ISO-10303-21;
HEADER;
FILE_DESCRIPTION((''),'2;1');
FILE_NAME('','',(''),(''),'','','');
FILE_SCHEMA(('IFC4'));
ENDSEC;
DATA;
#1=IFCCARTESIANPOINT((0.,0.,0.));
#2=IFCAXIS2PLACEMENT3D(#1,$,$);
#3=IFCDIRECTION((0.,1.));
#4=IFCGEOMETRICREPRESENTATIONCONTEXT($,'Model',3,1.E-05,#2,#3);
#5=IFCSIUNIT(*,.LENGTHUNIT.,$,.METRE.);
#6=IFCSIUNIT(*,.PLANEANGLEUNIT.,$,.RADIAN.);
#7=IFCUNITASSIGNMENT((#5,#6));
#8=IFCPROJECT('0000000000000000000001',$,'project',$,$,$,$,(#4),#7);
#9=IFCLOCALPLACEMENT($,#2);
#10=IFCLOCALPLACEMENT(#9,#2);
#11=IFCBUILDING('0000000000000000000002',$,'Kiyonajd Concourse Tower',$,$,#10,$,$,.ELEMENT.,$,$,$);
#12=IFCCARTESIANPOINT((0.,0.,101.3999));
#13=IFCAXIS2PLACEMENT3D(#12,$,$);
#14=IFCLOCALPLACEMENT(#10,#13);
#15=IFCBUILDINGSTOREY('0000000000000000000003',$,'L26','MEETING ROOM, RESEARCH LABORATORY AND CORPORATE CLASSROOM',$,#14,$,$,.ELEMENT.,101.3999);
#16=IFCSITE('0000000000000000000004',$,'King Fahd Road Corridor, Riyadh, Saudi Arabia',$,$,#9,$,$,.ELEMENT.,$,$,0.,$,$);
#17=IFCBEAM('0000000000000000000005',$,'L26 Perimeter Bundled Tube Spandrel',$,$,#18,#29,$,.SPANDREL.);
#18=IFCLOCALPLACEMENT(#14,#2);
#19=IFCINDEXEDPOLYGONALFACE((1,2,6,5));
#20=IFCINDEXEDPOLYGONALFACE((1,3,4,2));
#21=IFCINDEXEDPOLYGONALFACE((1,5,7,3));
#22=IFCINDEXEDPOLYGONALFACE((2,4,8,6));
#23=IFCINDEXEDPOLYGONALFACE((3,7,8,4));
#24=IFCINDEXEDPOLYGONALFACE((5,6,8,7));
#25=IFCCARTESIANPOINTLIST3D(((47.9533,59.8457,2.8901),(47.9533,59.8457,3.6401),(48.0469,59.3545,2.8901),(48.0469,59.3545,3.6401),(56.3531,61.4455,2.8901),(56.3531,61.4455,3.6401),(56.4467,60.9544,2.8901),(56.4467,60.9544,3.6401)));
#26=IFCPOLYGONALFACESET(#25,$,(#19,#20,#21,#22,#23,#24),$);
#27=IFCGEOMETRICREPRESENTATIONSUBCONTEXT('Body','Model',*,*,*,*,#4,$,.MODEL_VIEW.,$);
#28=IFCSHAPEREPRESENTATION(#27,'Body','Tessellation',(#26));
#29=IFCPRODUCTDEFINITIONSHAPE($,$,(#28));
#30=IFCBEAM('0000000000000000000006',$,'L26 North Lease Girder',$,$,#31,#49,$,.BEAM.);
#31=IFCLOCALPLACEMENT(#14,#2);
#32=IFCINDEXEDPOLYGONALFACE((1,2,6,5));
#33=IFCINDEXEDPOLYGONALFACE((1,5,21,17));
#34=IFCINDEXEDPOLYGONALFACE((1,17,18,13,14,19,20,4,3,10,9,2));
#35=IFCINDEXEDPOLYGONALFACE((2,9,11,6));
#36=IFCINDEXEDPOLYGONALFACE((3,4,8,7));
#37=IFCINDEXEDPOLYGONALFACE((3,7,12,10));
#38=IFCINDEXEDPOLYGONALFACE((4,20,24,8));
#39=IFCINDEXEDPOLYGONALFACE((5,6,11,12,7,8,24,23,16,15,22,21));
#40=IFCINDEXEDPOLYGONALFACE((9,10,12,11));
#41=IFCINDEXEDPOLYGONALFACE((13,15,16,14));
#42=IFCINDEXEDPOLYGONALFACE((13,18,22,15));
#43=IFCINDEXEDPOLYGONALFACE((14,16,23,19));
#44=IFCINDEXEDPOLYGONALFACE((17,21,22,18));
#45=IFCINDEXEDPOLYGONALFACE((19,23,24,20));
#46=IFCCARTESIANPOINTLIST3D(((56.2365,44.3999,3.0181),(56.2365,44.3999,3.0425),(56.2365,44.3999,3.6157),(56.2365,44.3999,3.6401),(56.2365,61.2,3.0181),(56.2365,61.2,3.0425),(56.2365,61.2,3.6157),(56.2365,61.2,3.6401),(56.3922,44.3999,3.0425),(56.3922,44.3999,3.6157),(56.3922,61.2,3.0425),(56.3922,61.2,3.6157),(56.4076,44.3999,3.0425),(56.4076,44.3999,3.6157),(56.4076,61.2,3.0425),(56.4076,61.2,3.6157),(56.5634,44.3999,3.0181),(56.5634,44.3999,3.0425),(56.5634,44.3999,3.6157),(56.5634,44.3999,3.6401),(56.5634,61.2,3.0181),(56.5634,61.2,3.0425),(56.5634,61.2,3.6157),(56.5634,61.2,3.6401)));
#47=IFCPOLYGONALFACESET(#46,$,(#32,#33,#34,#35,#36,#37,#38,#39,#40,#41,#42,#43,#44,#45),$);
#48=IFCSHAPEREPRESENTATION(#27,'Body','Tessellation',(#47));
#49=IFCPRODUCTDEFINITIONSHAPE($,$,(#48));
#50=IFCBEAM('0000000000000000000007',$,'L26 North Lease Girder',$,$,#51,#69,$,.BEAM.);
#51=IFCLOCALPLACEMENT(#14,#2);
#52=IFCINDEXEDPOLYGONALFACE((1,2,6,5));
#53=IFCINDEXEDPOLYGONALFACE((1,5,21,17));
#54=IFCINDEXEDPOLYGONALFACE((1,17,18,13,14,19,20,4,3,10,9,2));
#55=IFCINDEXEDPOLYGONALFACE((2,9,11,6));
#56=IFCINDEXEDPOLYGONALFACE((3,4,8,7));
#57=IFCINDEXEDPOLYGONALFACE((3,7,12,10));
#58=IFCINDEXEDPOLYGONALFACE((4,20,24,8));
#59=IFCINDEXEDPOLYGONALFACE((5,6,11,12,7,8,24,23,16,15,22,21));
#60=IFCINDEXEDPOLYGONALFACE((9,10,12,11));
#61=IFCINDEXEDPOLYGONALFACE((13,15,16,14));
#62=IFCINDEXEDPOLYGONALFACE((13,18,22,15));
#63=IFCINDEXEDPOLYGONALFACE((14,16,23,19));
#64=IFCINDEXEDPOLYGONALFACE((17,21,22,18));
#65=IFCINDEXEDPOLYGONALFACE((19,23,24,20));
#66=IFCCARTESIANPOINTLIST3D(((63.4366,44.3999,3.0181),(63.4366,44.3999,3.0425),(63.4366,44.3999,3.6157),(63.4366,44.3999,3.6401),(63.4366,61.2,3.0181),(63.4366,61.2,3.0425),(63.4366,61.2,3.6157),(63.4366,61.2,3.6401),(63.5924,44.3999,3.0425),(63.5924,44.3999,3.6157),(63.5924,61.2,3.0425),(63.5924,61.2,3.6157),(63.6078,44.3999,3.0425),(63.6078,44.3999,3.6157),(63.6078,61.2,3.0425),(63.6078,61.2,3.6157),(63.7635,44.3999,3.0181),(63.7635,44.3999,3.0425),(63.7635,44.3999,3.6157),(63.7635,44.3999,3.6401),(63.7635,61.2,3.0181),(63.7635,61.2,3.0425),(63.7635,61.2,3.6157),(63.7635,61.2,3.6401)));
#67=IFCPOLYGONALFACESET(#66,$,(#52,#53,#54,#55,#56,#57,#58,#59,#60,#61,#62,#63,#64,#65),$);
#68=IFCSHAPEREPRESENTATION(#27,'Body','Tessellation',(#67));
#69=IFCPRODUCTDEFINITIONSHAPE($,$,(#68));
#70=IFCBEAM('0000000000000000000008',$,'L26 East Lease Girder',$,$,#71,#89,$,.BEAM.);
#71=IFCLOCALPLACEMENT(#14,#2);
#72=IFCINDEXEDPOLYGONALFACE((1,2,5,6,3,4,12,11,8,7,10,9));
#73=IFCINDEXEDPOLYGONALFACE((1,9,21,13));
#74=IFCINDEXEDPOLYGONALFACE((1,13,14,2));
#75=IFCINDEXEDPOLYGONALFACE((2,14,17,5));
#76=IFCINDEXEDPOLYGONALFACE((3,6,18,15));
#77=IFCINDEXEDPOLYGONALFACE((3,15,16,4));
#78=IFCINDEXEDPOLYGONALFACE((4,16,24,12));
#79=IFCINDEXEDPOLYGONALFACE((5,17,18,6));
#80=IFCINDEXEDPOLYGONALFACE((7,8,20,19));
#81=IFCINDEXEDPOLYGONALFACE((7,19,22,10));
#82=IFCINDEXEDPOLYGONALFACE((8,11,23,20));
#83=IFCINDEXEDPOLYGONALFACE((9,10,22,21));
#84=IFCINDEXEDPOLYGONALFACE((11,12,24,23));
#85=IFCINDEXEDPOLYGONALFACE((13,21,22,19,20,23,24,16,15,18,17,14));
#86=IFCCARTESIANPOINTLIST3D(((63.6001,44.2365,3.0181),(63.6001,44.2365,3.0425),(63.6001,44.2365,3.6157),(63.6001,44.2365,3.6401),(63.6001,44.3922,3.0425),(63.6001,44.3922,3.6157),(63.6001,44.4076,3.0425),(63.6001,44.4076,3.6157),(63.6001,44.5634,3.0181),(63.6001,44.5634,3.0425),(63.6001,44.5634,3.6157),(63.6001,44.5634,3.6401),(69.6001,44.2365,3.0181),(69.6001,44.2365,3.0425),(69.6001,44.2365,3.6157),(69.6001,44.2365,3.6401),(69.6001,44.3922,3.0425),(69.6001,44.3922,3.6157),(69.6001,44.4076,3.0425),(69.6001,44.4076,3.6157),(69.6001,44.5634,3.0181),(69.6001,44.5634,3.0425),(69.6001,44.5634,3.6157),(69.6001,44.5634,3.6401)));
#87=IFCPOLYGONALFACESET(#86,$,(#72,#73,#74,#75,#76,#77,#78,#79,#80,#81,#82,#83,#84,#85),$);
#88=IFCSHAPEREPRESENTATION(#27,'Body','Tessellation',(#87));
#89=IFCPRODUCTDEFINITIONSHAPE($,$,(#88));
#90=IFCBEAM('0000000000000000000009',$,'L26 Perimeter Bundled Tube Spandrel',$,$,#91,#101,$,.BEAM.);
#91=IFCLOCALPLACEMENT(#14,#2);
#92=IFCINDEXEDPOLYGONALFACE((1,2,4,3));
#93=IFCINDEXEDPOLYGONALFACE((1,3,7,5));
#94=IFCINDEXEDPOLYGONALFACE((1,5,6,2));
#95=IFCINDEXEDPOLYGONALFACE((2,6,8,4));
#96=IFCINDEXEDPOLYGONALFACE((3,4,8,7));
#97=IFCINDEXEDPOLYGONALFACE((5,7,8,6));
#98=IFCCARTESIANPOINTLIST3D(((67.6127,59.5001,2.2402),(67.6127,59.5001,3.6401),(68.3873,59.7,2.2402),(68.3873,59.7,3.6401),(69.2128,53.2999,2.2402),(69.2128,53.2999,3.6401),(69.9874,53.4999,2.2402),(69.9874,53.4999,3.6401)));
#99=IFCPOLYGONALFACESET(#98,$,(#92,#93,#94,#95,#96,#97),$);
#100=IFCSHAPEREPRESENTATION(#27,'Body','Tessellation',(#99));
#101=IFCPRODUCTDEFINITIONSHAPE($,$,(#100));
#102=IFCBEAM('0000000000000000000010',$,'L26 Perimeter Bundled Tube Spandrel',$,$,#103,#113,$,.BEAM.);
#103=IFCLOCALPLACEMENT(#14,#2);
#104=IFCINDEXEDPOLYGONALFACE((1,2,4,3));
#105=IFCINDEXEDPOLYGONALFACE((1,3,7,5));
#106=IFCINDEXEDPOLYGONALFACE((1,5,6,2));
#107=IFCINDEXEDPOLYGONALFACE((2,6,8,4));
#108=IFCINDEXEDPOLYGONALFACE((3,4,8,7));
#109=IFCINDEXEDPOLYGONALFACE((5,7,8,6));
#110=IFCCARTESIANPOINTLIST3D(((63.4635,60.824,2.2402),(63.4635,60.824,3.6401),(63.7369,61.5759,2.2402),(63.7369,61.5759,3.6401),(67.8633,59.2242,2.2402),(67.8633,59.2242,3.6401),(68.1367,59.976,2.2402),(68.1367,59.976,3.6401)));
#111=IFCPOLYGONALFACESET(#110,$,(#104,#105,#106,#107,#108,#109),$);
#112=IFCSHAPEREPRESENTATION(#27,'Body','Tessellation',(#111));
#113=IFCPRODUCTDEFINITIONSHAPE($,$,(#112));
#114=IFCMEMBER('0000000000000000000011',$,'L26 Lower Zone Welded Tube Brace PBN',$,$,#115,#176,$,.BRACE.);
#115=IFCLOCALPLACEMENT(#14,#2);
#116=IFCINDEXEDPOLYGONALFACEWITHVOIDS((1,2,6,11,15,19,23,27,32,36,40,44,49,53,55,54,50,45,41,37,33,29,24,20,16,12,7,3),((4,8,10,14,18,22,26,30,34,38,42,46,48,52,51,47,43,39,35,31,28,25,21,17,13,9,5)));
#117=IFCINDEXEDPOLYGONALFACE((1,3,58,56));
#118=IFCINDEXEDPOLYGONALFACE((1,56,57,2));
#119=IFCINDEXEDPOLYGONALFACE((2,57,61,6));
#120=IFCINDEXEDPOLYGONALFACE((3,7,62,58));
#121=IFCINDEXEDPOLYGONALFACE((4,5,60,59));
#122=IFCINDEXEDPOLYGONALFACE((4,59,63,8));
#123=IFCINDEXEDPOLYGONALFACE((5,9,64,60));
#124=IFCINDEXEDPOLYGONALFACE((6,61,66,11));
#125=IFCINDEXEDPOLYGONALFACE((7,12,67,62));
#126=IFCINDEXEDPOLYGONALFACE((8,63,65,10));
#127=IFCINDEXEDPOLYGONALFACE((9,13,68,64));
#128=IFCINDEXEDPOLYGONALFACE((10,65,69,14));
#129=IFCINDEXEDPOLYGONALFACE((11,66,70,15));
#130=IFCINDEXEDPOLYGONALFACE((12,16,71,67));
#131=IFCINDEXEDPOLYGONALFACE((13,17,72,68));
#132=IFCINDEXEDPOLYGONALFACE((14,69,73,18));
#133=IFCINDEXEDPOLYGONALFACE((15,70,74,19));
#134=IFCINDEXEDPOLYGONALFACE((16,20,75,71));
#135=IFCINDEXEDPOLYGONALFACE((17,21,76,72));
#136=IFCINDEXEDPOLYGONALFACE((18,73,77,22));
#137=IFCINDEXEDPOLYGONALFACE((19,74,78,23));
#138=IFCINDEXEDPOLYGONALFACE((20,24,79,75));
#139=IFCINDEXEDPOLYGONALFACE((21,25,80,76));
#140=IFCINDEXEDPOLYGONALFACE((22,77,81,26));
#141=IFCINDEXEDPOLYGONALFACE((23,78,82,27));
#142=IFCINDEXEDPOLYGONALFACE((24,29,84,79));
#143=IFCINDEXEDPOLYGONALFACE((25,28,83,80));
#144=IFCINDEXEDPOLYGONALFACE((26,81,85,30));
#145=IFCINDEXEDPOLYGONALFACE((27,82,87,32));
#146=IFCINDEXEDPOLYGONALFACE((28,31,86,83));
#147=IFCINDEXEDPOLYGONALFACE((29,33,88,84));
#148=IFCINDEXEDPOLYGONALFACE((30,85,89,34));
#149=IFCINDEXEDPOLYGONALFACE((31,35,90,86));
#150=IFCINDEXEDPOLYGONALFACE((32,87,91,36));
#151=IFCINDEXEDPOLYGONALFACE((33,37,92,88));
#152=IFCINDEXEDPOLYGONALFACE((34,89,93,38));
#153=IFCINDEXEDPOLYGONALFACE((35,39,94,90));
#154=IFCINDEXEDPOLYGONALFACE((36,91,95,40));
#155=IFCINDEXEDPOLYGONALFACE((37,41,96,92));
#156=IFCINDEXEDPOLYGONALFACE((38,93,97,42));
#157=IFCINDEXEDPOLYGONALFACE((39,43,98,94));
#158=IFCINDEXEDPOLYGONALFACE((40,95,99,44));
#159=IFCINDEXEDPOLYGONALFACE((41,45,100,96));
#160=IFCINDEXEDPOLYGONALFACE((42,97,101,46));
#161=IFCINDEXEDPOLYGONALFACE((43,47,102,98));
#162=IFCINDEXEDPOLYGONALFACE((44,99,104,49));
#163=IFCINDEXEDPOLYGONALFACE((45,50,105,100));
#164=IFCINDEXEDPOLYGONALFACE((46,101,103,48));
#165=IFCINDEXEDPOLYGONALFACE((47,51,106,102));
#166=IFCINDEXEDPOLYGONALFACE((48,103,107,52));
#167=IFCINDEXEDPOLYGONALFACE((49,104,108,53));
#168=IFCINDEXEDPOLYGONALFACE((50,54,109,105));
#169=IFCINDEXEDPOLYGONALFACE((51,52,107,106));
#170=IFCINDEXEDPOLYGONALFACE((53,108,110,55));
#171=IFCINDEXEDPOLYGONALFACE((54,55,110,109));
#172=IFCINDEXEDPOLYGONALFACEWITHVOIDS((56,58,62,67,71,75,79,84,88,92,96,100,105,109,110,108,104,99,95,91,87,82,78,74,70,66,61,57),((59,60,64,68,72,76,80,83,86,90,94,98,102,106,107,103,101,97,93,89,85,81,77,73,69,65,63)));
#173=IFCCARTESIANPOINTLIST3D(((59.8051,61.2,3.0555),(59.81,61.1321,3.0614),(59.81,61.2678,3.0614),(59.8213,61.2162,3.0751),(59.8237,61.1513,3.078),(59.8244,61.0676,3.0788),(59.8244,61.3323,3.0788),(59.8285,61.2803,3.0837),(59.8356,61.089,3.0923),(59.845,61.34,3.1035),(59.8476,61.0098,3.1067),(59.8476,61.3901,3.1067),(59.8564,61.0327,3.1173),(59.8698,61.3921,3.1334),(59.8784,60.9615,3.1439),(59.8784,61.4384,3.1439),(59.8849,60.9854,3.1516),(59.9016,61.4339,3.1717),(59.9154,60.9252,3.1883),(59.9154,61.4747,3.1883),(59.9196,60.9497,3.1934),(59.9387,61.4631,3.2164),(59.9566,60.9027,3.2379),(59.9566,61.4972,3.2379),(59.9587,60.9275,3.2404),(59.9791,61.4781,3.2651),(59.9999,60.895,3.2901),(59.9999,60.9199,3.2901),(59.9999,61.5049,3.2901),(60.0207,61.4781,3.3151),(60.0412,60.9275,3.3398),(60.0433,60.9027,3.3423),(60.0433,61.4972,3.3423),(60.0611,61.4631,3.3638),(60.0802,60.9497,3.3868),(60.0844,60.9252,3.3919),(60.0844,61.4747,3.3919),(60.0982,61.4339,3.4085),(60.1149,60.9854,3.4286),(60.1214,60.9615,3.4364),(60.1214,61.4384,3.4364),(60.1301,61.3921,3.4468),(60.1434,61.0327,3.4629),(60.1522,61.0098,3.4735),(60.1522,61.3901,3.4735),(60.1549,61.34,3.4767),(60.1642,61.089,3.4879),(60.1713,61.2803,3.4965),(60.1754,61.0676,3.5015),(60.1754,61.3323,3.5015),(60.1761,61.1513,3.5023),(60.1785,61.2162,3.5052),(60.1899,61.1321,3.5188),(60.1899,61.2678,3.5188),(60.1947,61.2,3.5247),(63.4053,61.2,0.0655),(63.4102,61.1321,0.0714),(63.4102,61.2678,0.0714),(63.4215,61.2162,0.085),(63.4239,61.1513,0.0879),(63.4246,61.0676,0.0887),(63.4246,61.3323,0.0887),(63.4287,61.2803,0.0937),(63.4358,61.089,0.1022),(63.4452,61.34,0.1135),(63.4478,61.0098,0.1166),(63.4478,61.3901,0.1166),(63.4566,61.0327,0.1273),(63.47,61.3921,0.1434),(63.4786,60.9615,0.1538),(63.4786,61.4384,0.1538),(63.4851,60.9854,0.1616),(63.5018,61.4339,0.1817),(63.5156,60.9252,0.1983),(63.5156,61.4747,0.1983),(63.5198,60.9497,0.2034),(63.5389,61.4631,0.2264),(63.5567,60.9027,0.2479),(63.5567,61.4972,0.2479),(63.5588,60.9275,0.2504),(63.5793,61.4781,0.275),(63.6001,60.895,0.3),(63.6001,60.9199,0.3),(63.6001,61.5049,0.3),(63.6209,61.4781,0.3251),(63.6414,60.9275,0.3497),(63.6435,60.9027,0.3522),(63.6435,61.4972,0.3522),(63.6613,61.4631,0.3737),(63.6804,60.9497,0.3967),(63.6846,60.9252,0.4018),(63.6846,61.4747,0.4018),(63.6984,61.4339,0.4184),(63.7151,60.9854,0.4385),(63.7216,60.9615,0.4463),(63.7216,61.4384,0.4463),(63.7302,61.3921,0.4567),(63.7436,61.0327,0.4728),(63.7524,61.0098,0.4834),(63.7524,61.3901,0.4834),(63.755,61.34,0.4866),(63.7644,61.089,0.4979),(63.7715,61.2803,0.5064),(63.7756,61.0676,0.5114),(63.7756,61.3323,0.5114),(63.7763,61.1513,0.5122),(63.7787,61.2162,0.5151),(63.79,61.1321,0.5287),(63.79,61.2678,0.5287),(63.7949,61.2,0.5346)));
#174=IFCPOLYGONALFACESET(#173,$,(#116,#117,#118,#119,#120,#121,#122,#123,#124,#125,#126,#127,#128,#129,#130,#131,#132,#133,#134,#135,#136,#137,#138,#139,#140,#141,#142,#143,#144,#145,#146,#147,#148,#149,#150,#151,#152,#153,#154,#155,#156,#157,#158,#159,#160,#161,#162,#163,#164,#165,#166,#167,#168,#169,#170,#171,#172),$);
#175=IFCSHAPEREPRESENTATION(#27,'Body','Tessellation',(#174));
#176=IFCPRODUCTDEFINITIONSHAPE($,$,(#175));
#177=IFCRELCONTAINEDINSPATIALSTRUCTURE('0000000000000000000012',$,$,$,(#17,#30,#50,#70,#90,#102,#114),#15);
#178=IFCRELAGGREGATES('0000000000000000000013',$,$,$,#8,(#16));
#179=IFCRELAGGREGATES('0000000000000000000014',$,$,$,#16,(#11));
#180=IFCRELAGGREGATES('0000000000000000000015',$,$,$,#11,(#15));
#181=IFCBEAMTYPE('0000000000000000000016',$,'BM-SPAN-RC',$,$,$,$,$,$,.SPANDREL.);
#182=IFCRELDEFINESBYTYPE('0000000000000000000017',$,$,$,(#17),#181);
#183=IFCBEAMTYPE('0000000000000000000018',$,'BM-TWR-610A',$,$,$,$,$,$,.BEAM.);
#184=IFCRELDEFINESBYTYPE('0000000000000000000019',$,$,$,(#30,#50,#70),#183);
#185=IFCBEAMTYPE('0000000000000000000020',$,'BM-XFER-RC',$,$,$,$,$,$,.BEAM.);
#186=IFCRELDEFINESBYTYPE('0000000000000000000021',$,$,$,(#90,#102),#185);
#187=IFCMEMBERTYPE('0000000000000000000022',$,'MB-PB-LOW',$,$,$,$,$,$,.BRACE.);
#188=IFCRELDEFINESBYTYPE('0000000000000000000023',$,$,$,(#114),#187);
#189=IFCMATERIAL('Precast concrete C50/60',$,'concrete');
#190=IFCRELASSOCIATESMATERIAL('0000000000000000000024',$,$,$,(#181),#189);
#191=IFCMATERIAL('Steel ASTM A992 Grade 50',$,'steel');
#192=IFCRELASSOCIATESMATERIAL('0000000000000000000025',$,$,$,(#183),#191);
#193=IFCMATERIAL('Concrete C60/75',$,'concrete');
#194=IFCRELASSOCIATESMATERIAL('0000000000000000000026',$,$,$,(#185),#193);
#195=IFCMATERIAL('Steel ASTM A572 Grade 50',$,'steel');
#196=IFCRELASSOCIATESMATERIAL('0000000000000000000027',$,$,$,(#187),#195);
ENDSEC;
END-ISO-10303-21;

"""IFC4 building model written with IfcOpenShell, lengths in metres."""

from ifc_helpers import new_model, si_unit, direction, frame, origin, origin_2d, place, context, subcontext, project, spatial, rectangle, hollow_circle, i_section, extrude, material, material_profile, profile_set, type_object, element, save


model = new_model("IFC4")

# Units and contexts
model_context = context("Model", 3, precision=1e-05, world=origin(), true_north=direction((0.0, 1.0)))
body_context = subcontext(model_context, "Body", "Model", "MODEL_VIEW")
ifc_project = project(units=[si_unit("LENGTHUNIT", "METRE"), si_unit("PLANEANGLEUNIT", "RADIAN")], contexts=[model_context])

# Site, building, storey
site_placement = place(None, origin())
site = spatial("IfcSite", under=ifc_project, at=site_placement, Name="King Fahd Road Corridor, Riyadh, Saudi Arabia", CompositionType="ELEMENT", RefElevation=0.0)
building_placement = place(site_placement, origin())
building = spatial("IfcBuilding", under=site, at=building_placement, Name="Kiyonajd Concourse Tower", CompositionType="ELEMENT")
storey_placement = place(building_placement, frame((0.0, 0.0, 101.3999)))
storey = spatial("IfcBuildingStorey", under=building, at=storey_placement, Name="L26", Description="MEETING ROOM, RESEARCH LABORATORY AND CORPORATE CLASSROOM", CompositionType="ELEMENT", Elevation=101.3999)

# Beams
ifc_material_1 = material(Name="Steel ASTM A992 Grade 50", Category="steel")
ifc_material_2 = material(Name="Precast concrete C50/60", Category="concrete")
ifc_material_profile_1 = material_profile(ifc_material_2, rectangle(XDim=0.5, YDim=0.75, at=origin_2d()), Name="RCBM-500x750")
ifc_profile_set_1 = profile_set([ifc_material_profile_1], Name="Precast concrete C50/60")
beam_type_1 = type_object("IfcBeamType", Name="BM-SPAN-RC", PredefinedType="SPANDREL", material=ifc_profile_set_1)
beam_1_placement = place(storey_placement, frame((56.3999, 61.2, 3.2651), z_axis=(-0.982341, -0.187098, 0.0), x_axis=(0.187098, -0.982341, 0.0)))
element("IfcBeam", 1, at=beam_1_placement, inside=storey, type_object=beam_type_1, Name="L26 Perimeter Bundled Tube Spandrel", PredefinedType="SPANDREL", context=body_context, shape_type="SweptSolid", body=[
    extrude(rectangle(XDim=0.5, YDim=0.75, at=origin_2d()), origin(), (0.0, 0.0, 1.0), 8.5508),
])
ifc_material_profile_2 = material_profile(ifc_material_1, i_section(OverallWidth=0.3269, OverallDepth=0.6221, WebThickness=0.0154, FlangeThickness=0.0244, at=origin_2d()), Name="W610X195")
ifc_profile_set_2 = profile_set([ifc_material_profile_2], Name="Steel ASTM A992 Grade 50")
beam_type_2 = type_object("IfcBeamType", Name="BM-TWR-610A", PredefinedType="BEAM", material=ifc_profile_set_2)
for number, where, z_axis, x_axis, name in (
    (2, (56.3999, 44.3999, 3.3291), (0.0, 1.0, 0.0), (-1.0, 0.0, 0.0), "L26 North Lease Girder"),
    (3, (63.6001, 44.3999, 3.3291), (0.0, 1.0, 0.0), (-1.0, 0.0, 0.0), "L26 North Lease Girder"),
):
    element("IfcBeam", number, at=place(storey_placement, frame(where, z_axis=z_axis, x_axis=x_axis)), inside=storey, type_object=beam_type_2, Name=name, PredefinedType="BEAM", context=body_context, shape_type="SweptSolid", body=[
        extrude(i_section(OverallWidth=0.3269, OverallDepth=0.6221, WebThickness=0.0154, FlangeThickness=0.0244, at=origin_2d()), origin(), (0.0, 0.0, 1.0), 16.8),
    ])
beam_2_placement = place(storey_placement, frame((63.6001, 44.3999, 3.3291), z_axis=(1.0, 0.0, 0.0), x_axis=(0.0, 1.0, 0.0)))
element("IfcBeam", 4, at=beam_2_placement, inside=storey, type_object=beam_type_2, Name="L26 East Lease Girder", PredefinedType="BEAM", context=body_context, shape_type="SweptSolid", body=[
    extrude(i_section(OverallWidth=0.3269, OverallDepth=0.6221, WebThickness=0.0154, FlangeThickness=0.0244, at=origin_2d()), origin(), (0.0, 0.0, 1.0), 6.0),
])
ifc_material_3 = material(Name="Concrete C60/75", Category="concrete")
ifc_material_profile_3 = material_profile(ifc_material_3, rectangle(XDim=0.8, YDim=1.3999, at=origin_2d()), Name="RCBM-800x1400")
ifc_profile_set_3 = profile_set([ifc_material_profile_3], Name="Concrete C60/75")
beam_type_3 = type_object("IfcBeamType", Name="BM-XFER-RC", PredefinedType="BEAM", material=ifc_profile_set_3)
beam_3_placement = place(storey_placement, frame((69.6001, 53.3999, 2.9402), z_axis=(-0.249885, 0.968276, 0.0), x_axis=(-0.968276, -0.249885, 0.0)))
element("IfcBeam", 5, at=beam_3_placement, inside=storey, type_object=beam_type_3, Name="L26 Perimeter Bundled Tube Spandrel", PredefinedType="BEAM", context=body_context, shape_type="SweptSolid", body=[
    extrude(rectangle(XDim=0.8, YDim=1.3999, at=origin_2d()), origin(), (0.0, 0.0, 1.0), 6.4033),
])
beam_4_placement = place(storey_placement, frame((68.0, 59.6001, 2.9402), z_axis=(-0.939801, 0.341722, 0.0), x_axis=(-0.341722, -0.939801, 0.0)))
element("IfcBeam", 6, at=beam_4_placement, inside=storey, type_object=beam_type_3, Name="L26 Perimeter Bundled Tube Spandrel", PredefinedType="BEAM", context=body_context, shape_type="SweptSolid", body=[
    extrude(rectangle(XDim=0.8, YDim=1.3999, at=origin_2d()), origin(), (0.0, 0.0, 1.0), 4.6816),
])

# Member
ifc_material_4 = material(Name="Steel ASTM A572 Grade 50", Category="steel")
ifc_material_profile_4 = material_profile(ifc_material_4, hollow_circle(Radius=0.3049, WallThickness=0.0249, at=origin_2d()), Name="CHS-610x25")
ifc_profile_set_4 = profile_set([ifc_material_profile_4], Name="Steel ASTM A572 Grade 50")
member_type = type_object("IfcMemberType", Name="MB-PB-LOW", PredefinedType="BRACE", material=ifc_profile_set_4)
member_1_placement = place(storey_placement, frame((63.6001, 61.2, 0.3), z_axis=(-0.769281, 0.0, 0.638911), x_axis=(0.0, -1.0, 0.0)))
element("IfcMember", 7, at=member_1_placement, inside=storey, type_object=member_type, Name="L26 Lower Zone Welded Tube Brace PBN", PredefinedType="BRACE", context=body_context, shape_type="SweptSolid", body=[
    extrude(hollow_circle(Radius=0.3049, WallThickness=0.0249, at=origin_2d()), origin(), (0.0, 0.0, 1.0), 4.6799),
])

save(model, "model.ifc")
